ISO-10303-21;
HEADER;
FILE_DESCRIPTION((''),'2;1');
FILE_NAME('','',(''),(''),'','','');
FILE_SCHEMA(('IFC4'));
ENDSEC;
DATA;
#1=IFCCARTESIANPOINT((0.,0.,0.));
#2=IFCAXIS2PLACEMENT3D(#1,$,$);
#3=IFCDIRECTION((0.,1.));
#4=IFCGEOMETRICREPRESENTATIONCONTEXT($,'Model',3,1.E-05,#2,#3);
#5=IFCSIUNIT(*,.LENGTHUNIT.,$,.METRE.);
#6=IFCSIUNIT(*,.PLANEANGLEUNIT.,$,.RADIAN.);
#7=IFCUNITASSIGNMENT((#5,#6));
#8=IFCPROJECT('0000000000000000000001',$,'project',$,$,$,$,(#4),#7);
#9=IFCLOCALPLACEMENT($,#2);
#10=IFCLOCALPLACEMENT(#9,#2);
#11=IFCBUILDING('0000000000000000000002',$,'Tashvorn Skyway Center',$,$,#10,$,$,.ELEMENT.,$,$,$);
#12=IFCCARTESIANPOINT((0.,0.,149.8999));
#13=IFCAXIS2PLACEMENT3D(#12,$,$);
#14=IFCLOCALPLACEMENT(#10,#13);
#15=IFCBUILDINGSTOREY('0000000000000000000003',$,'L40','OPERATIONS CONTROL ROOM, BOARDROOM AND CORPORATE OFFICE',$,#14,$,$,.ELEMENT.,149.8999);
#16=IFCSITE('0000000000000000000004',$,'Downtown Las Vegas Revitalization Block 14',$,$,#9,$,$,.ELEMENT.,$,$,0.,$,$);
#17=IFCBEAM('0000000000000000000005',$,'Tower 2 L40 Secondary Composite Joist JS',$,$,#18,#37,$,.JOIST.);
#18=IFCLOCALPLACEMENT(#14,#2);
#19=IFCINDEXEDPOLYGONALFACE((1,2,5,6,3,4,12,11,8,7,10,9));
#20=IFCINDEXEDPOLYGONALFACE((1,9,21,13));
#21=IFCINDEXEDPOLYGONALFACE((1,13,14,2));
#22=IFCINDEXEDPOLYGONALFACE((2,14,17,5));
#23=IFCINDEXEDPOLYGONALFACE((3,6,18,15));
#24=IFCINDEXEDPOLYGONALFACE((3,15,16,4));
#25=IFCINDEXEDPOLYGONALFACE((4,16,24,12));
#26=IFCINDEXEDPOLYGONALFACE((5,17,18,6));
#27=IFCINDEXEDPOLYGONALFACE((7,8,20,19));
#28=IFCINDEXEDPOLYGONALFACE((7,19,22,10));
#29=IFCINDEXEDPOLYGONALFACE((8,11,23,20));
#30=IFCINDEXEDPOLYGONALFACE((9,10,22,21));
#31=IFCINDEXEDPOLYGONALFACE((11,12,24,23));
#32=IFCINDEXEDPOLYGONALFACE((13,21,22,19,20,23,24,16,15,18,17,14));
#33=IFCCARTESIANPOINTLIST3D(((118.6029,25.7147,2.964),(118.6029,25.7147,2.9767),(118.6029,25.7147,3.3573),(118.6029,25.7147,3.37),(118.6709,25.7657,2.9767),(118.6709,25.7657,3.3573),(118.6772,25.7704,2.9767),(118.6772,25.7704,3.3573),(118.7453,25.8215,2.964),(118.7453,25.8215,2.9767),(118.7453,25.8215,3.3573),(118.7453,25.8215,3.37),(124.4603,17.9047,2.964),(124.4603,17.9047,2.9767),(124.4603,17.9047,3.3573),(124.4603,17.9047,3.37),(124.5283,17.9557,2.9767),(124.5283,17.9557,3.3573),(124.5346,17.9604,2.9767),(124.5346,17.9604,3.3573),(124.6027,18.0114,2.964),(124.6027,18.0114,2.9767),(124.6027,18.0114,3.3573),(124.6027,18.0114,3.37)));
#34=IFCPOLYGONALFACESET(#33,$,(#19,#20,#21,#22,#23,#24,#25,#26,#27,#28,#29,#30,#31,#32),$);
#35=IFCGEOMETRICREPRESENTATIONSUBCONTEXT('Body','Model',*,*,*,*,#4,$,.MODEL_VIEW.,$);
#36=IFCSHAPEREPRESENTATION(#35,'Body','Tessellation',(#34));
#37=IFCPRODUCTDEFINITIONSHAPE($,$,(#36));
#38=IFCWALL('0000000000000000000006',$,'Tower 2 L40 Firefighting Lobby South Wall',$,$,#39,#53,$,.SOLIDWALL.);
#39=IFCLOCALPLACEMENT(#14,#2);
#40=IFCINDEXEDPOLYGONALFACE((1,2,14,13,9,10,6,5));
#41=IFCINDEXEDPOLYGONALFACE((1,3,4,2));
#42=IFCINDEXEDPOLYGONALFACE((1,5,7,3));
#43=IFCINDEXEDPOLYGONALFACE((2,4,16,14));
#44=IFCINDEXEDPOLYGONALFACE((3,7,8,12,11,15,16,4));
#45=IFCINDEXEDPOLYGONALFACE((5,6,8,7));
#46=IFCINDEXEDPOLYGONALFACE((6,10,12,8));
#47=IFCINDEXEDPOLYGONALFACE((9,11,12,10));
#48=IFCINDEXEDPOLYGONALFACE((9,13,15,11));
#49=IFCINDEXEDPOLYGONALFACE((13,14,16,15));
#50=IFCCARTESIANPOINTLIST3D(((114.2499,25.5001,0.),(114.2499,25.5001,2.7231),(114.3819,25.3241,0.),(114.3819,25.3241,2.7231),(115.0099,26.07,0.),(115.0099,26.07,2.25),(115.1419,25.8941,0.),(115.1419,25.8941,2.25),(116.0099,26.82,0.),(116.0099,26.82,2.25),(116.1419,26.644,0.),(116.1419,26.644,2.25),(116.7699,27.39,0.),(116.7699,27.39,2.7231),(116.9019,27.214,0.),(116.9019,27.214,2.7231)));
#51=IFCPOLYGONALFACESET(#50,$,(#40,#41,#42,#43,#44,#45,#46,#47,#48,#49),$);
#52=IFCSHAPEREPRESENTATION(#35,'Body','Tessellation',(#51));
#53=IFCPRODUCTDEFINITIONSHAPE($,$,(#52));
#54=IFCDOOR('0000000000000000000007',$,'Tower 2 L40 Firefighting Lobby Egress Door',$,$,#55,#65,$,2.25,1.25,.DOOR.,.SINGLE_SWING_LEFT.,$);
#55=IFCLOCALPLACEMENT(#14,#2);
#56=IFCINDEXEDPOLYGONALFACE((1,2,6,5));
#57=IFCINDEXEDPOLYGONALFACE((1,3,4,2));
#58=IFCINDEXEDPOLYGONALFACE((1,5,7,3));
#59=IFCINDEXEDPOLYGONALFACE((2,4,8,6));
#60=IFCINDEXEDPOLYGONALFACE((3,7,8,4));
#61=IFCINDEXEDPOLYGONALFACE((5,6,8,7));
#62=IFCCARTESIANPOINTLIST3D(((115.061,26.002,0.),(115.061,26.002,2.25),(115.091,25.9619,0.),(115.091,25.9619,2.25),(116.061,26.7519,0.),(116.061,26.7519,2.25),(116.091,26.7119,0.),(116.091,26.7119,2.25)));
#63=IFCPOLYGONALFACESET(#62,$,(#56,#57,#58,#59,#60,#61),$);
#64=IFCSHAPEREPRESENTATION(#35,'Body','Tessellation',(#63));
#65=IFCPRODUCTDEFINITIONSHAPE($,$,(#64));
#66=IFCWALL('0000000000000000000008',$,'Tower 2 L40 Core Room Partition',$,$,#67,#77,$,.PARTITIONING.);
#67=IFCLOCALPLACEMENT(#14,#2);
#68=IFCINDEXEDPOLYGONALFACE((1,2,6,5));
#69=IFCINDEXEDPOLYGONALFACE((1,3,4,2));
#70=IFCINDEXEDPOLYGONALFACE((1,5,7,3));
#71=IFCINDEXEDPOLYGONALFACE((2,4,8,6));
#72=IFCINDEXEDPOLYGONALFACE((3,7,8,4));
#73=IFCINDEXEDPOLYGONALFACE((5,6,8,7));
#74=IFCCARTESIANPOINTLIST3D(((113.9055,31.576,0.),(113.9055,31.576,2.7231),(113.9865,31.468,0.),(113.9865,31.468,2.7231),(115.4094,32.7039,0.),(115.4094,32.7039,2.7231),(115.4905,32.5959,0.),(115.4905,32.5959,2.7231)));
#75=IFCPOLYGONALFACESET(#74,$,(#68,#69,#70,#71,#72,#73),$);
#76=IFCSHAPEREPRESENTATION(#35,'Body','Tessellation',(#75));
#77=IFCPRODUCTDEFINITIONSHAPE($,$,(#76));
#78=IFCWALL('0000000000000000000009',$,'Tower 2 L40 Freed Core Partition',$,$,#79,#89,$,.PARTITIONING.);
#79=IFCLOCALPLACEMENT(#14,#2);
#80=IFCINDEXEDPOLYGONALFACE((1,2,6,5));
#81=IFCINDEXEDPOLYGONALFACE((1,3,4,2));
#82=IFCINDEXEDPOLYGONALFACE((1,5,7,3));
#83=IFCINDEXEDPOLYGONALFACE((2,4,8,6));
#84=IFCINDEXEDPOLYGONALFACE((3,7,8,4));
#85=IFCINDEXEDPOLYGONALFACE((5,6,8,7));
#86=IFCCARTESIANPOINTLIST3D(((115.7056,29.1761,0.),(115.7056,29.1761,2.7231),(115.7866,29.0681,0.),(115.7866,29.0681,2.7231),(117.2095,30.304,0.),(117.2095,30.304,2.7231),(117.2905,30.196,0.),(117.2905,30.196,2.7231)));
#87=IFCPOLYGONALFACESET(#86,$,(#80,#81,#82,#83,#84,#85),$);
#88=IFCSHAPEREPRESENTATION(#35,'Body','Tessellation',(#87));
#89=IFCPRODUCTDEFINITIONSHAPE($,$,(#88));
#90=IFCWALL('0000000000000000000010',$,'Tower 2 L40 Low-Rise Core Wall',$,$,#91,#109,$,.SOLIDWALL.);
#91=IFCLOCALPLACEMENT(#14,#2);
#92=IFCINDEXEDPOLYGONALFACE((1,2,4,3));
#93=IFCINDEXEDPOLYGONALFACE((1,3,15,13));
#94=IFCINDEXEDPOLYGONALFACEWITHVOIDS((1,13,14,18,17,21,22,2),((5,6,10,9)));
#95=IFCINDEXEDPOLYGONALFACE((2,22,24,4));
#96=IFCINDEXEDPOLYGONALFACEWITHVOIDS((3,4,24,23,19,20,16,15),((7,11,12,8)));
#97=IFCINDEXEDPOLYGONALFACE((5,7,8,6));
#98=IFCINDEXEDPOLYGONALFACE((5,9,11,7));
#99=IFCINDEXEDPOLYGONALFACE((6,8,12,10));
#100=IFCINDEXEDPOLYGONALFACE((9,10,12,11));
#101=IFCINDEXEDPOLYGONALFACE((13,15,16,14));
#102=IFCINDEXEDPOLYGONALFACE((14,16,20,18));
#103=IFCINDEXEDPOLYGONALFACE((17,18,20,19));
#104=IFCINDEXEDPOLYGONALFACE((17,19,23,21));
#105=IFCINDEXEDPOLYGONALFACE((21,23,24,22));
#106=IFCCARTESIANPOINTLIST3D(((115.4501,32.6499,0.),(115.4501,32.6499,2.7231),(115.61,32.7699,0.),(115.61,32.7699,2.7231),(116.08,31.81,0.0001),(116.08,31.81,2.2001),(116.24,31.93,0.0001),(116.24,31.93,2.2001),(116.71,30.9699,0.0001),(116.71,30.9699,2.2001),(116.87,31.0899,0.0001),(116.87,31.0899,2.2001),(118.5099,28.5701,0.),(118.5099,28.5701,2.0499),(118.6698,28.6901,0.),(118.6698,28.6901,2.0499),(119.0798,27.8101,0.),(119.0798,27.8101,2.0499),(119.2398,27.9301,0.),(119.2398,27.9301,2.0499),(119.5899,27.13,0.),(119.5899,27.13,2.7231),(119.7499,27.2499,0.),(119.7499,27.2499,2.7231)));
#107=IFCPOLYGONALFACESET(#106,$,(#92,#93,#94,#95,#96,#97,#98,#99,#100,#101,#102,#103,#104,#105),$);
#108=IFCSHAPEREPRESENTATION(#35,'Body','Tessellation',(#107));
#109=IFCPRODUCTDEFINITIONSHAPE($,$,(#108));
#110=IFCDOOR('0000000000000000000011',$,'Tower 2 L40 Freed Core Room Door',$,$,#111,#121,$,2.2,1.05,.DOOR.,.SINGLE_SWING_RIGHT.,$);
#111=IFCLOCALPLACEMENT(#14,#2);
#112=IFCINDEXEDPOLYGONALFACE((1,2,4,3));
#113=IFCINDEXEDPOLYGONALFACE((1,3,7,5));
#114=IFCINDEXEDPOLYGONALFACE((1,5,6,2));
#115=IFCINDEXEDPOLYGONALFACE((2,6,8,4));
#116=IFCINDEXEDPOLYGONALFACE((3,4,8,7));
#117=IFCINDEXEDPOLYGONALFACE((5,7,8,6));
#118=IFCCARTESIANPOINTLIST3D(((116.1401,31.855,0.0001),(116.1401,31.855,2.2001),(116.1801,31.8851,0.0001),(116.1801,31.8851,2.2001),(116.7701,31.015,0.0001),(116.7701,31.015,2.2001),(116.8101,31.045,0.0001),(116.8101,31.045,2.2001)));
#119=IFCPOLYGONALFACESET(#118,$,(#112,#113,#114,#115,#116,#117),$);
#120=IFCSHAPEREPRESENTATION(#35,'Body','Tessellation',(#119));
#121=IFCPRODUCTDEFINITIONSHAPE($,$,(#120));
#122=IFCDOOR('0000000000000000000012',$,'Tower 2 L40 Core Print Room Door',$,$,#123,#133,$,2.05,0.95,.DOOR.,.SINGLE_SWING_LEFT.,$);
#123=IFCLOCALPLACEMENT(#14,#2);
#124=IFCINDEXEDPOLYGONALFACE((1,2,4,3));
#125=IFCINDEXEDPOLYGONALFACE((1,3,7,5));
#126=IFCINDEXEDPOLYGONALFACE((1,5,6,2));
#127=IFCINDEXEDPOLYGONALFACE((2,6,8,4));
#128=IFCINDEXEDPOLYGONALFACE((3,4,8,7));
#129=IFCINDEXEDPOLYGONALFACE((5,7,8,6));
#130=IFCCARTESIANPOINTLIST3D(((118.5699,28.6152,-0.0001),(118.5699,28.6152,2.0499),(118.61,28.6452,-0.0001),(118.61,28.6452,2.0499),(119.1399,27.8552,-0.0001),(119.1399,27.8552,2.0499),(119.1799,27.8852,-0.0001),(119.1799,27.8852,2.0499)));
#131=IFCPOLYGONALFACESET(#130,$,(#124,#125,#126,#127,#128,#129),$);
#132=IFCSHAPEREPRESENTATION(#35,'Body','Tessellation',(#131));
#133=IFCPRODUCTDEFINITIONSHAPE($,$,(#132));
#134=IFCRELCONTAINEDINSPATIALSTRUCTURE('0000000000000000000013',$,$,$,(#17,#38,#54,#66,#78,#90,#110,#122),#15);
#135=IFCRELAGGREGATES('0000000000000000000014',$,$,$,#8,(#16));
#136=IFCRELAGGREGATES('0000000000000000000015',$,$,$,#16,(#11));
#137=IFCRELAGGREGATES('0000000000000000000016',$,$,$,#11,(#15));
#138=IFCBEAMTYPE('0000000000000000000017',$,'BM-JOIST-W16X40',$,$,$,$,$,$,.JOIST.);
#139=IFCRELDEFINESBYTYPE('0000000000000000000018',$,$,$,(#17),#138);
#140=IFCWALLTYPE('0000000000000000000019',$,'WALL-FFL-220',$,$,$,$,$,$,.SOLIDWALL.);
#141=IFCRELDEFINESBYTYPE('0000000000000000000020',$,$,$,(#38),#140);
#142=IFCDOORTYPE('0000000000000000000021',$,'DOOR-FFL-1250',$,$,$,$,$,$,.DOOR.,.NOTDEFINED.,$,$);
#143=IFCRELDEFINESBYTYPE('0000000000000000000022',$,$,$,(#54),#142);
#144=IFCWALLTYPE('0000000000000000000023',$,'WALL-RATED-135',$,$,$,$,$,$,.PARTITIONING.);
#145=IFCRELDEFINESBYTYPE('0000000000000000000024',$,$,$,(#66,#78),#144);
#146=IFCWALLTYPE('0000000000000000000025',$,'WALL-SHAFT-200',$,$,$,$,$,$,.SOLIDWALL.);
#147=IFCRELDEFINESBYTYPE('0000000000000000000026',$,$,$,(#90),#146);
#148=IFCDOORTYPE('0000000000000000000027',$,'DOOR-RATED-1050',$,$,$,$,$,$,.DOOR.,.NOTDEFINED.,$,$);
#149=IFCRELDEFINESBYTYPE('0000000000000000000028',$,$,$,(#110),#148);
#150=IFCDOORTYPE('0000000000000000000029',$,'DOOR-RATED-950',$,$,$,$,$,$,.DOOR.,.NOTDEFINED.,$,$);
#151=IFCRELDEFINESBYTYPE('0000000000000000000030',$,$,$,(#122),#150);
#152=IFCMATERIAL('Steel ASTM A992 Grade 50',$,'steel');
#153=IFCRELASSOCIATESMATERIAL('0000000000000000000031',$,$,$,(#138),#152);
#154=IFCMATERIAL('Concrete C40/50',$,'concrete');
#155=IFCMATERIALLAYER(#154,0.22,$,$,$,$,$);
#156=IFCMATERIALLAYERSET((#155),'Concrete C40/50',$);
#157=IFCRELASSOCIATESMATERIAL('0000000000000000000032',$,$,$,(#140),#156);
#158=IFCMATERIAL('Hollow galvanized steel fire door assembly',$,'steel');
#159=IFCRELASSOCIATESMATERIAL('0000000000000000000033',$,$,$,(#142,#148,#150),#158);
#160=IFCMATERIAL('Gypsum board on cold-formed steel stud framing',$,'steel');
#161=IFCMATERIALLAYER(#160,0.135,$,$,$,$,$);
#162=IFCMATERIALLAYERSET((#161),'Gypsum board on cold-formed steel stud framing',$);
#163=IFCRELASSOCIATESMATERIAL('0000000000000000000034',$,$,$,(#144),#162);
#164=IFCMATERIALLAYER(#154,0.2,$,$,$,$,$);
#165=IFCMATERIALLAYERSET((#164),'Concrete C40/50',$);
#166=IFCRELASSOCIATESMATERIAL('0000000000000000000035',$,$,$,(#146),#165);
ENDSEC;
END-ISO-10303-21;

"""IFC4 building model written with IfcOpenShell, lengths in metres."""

from ifc_helpers import new_model, si_unit, direction, frame, frame_2d, origin, origin_2d, place, context, subcontext, project, spatial, rectangle, i_section, extrude, material, layer, layer_set, material_profile, profile_set, type_object, element, fill, save


model = new_model("IFC4")

# Units and contexts
model_context = context("Model", 3, precision=1e-05, world=origin(), true_north=direction((0.0, 1.0)))
body_context = subcontext(model_context, "Body", "Model", "MODEL_VIEW")
ifc_project = project(units=[si_unit("LENGTHUNIT", "METRE"), si_unit("PLANEANGLEUNIT", "RADIAN")], contexts=[model_context])

# Site, building, storey
site_placement = place(None, origin())
site = spatial("IfcSite", under=ifc_project, at=site_placement, Name="Downtown Las Vegas Revitalization Block 14", CompositionType="ELEMENT", RefElevation=0.0)
building_placement = place(site_placement, origin())
building = spatial("IfcBuilding", under=site, at=building_placement, Name="Tashvorn Skyway Center", CompositionType="ELEMENT")
storey_placement = place(building_placement, frame((0.0, 0.0, 149.8999)))
storey = spatial("IfcBuildingStorey", under=building, at=storey_placement, Name="L40", Description="OPERATIONS CONTROL ROOM, BOARDROOM AND CORPORATE OFFICE", CompositionType="ELEMENT", Elevation=149.8999)

# Beam
ifc_material_1 = material(Name="Steel ASTM A992 Grade 50", Category="steel")
ifc_material_profile = material_profile(ifc_material_1, i_section(OverallWidth=0.178, OverallDepth=0.406, WebThickness=0.0078, FlangeThickness=0.0127, at=origin_2d()), Name="W16X40")
ifc_profile_set = profile_set([ifc_material_profile], Name="Steel ASTM A992 Grade 50")
beam_type = type_object("IfcBeamType", Name="BM-JOIST-W16X40", PredefinedType="JOIST", material=ifc_profile_set)
beam_placement = place(storey_placement, frame((118.6741, 25.7681, 3.167), z_axis=(0.599992, -0.800006, 0.0), x_axis=(0.800006, 0.599992, 0.0)))
element("IfcBeam", 1, at=beam_placement, inside=storey, type_object=beam_type, Name="Tower 2 L40 Secondary Composite Joist JS", PredefinedType="JOIST", context=body_context, shape_type="SweptSolid", body=[
    extrude(i_section(OverallWidth=0.178, OverallDepth=0.406, WebThickness=0.0078, FlangeThickness=0.0127, at=origin_2d()), origin(), (0.0, 0.0, 1.0), 9.7625),
])

# Wall, opening, door
ifc_material_2 = material(Name="Concrete C40/50", Category="concrete")
ifc_layer_1 = layer(ifc_material_2, 0.22)
ifc_layer_set_1 = layer_set([ifc_layer_1], Name="Concrete C40/50")
wall_type_1 = type_object("IfcWallType", Name="WALL-FFL-220", PredefinedType="SOLIDWALL", material=ifc_layer_set_1)
wall_1_placement = place(storey_placement, frame((114.3159, 25.4121, 0.0), z_axis=(0.0, 0.0, 1.0), x_axis=(0.800019, 0.599975, 0.0)))
wall_1 = element("IfcWall", 2, at=wall_1_placement, inside=storey, type_object=wall_type_1, Name="Tower 2 L40 Firefighting Lobby South Wall", PredefinedType="SOLIDWALL", context=body_context, shape_type="SweptSolid", body=[
    extrude(rectangle(XDim=3.1499, YDim=0.22, at=frame_2d((1.575, 0.0))), origin(), (0.0, 0.0, 1.0), 2.7231),
])
opening_1_placement = place(wall_1_placement, frame((0.95, 0.0, 0.0)))
opening_1 = element("IfcOpeningElement", 3, at=opening_1_placement, cuts=wall_1, PredefinedType="OPENING", context=body_context, shape_type="SweptSolid", body=[
    extrude(rectangle(XDim=1.25, YDim=2.25, at=frame_2d((0.625, 1.125))), frame((0.0, 0.1199, 0.0), z_axis=(0.0, -1.0, 0.0), x_axis=(1.0, 0.0, 0.0)), (0.0, 0.0, 1.0), 0.24),
])
ifc_material_3 = material(Name="Hollow galvanized steel fire door assembly", Category="steel")
door_type_1 = type_object("IfcDoorType", Name="DOOR-FFL-1250", OperationType="NOTDEFINED", PredefinedType="DOOR", material=ifc_material_3)
door_1_placement = place(opening_1_placement, origin())
door_1 = element("IfcDoor", 4, at=door_1_placement, inside=storey, type_object=door_type_1, Name="Tower 2 L40 Firefighting Lobby Egress Door", OperationType="SINGLE_SWING_LEFT", OverallHeight=2.25, OverallWidth=1.25, PredefinedType="DOOR", context=body_context, shape_type="SweptSolid", body=[
    extrude(rectangle(XDim=1.25, YDim=2.25, at=frame_2d((0.625, 1.125))), frame((0.0, 0.0249, 0.0), z_axis=(0.0, -1.0, 0.0), x_axis=(1.0, 0.0, 0.0)), (0.0, 0.0, 1.0), 0.05),
])
fill(opening_1, door_1)

# Walls
ifc_material_4 = material(Name="Gypsum board on cold-formed steel stud framing", Category="steel")
ifc_layer_2 = layer(ifc_material_4, 0.135)
ifc_layer_set_2 = layer_set([ifc_layer_2], Name="Gypsum board on cold-formed steel stud framing")
wall_type_2 = type_object("IfcWallType", Name="WALL-RATED-135", PredefinedType="PARTITIONING", material=ifc_layer_set_2)
for number, where, z_axis, x_axis, name in (
    (5, (113.946, 31.522, 0.0), (0.0, 0.0, 1.0), (0.8, 0.6, 0.0), "Tower 2 L40 Core Room Partition"),
    (6, (115.7461, 29.1221, 0.0), (0.0, 0.0, 1.0), (0.8, 0.6, 0.0), "Tower 2 L40 Freed Core Partition"),
):
    element("IfcWall", number, at=place(storey_placement, frame(where, z_axis=z_axis, x_axis=x_axis)), inside=storey, type_object=wall_type_2, Name=name, PredefinedType="PARTITIONING", context=body_context, shape_type="SweptSolid", body=[
        extrude(rectangle(XDim=1.8799, YDim=0.135, at=frame_2d((0.9399, 0.0))), origin(), (0.0, 0.0, 1.0), 2.7231),
    ])

# Wall, openings, doors
ifc_layer_3 = layer(ifc_material_2, 0.2)
ifc_layer_set_3 = layer_set([ifc_layer_3], Name="Concrete C40/50")
wall_type_3 = type_object("IfcWallType", Name="WALL-SHAFT-200", PredefinedType="SOLIDWALL", material=ifc_layer_set_3)
wall_2_placement = place(storey_placement, frame((119.6699, 27.1899, 0.0), z_axis=(0.0, 0.0, 1.0), x_axis=(-0.599989, 0.800008, 0.0)))
wall_2 = element("IfcWall", 7, at=wall_2_placement, inside=storey, type_object=wall_type_3, Name="Tower 2 L40 Low-Rise Core Wall", PredefinedType="SOLIDWALL", context=body_context, shape_type="SweptSolid", body=[
    extrude(rectangle(XDim=6.8999, YDim=0.2, at=frame_2d((3.45, 0.0))), origin(), (0.0, 0.0, 1.0), 2.7231),
])
opening_2_placement = place(wall_2_placement, frame((0.8501, 0.0, 0.0)))
opening_2 = element("IfcOpeningElement", 8, at=opening_2_placement, cuts=wall_2, PredefinedType="OPENING", context=body_context, shape_type="SweptSolid", body=[
    extrude(rectangle(XDim=0.95, YDim=2.05, at=frame_2d((0.4751, 1.0249))), frame((0.0, 0.1099, 0.0), z_axis=(0.0, -1.0, 0.0), x_axis=(1.0, 0.0, 0.0)), (0.0, 0.0, 1.0), 0.22),
])
opening_3_placement = place(wall_2_placement, frame((4.8, 0.0, 0.0)))
opening_3 = element("IfcOpeningElement", 9, at=opening_3_placement, cuts=wall_2, PredefinedType="OPENING", context=body_context, shape_type="SweptSolid", body=[
    extrude(rectangle(XDim=1.05, YDim=2.2, at=frame_2d((0.5249, 1.1001))), frame((0.0, 0.1099, 0.0), z_axis=(0.0, -1.0, 0.0), x_axis=(1.0, 0.0, 0.0)), (0.0, 0.0, 1.0), 0.22),
])
door_type_2 = type_object("IfcDoorType", Name="DOOR-RATED-1050", OperationType="NOTDEFINED", PredefinedType="DOOR", material=ifc_material_3)
door_2_placement = place(opening_3_placement, origin())
door_2 = element("IfcDoor", 10, at=door_2_placement, inside=storey, type_object=door_type_2, Name="Tower 2 L40 Freed Core Room Door", OperationType="SINGLE_SWING_RIGHT", OverallHeight=2.2, OverallWidth=1.05, PredefinedType="DOOR", context=body_context, shape_type="SweptSolid", body=[
    extrude(rectangle(XDim=1.05, YDim=2.2, at=frame_2d((0.5249, 1.1001))), frame((0.0, 0.0249, 0.0), z_axis=(0.0, -1.0, 0.0), x_axis=(1.0, 0.0, 0.0)), (0.0, 0.0, 1.0), 0.05),
])
fill(opening_3, door_2)
door_type_3 = type_object("IfcDoorType", Name="DOOR-RATED-950", OperationType="NOTDEFINED", PredefinedType="DOOR", material=ifc_material_3)
door_3_placement = place(opening_2_placement, origin())
door_3 = element("IfcDoor", 11, at=door_3_placement, inside=storey, type_object=door_type_3, Name="Tower 2 L40 Core Print Room Door", OperationType="SINGLE_SWING_LEFT", OverallHeight=2.05, OverallWidth=0.95, PredefinedType="DOOR", context=body_context, shape_type="SweptSolid", body=[
    extrude(rectangle(XDim=0.95, YDim=2.05, at=frame_2d((0.4751, 1.0249))), frame((0.0, 0.0249, 0.0), z_axis=(0.0, -1.0, 0.0), x_axis=(1.0, 0.0, 0.0)), (0.0, 0.0, 1.0), 0.05),
])
fill(opening_2, door_3)

save(model, "model.ifc")
